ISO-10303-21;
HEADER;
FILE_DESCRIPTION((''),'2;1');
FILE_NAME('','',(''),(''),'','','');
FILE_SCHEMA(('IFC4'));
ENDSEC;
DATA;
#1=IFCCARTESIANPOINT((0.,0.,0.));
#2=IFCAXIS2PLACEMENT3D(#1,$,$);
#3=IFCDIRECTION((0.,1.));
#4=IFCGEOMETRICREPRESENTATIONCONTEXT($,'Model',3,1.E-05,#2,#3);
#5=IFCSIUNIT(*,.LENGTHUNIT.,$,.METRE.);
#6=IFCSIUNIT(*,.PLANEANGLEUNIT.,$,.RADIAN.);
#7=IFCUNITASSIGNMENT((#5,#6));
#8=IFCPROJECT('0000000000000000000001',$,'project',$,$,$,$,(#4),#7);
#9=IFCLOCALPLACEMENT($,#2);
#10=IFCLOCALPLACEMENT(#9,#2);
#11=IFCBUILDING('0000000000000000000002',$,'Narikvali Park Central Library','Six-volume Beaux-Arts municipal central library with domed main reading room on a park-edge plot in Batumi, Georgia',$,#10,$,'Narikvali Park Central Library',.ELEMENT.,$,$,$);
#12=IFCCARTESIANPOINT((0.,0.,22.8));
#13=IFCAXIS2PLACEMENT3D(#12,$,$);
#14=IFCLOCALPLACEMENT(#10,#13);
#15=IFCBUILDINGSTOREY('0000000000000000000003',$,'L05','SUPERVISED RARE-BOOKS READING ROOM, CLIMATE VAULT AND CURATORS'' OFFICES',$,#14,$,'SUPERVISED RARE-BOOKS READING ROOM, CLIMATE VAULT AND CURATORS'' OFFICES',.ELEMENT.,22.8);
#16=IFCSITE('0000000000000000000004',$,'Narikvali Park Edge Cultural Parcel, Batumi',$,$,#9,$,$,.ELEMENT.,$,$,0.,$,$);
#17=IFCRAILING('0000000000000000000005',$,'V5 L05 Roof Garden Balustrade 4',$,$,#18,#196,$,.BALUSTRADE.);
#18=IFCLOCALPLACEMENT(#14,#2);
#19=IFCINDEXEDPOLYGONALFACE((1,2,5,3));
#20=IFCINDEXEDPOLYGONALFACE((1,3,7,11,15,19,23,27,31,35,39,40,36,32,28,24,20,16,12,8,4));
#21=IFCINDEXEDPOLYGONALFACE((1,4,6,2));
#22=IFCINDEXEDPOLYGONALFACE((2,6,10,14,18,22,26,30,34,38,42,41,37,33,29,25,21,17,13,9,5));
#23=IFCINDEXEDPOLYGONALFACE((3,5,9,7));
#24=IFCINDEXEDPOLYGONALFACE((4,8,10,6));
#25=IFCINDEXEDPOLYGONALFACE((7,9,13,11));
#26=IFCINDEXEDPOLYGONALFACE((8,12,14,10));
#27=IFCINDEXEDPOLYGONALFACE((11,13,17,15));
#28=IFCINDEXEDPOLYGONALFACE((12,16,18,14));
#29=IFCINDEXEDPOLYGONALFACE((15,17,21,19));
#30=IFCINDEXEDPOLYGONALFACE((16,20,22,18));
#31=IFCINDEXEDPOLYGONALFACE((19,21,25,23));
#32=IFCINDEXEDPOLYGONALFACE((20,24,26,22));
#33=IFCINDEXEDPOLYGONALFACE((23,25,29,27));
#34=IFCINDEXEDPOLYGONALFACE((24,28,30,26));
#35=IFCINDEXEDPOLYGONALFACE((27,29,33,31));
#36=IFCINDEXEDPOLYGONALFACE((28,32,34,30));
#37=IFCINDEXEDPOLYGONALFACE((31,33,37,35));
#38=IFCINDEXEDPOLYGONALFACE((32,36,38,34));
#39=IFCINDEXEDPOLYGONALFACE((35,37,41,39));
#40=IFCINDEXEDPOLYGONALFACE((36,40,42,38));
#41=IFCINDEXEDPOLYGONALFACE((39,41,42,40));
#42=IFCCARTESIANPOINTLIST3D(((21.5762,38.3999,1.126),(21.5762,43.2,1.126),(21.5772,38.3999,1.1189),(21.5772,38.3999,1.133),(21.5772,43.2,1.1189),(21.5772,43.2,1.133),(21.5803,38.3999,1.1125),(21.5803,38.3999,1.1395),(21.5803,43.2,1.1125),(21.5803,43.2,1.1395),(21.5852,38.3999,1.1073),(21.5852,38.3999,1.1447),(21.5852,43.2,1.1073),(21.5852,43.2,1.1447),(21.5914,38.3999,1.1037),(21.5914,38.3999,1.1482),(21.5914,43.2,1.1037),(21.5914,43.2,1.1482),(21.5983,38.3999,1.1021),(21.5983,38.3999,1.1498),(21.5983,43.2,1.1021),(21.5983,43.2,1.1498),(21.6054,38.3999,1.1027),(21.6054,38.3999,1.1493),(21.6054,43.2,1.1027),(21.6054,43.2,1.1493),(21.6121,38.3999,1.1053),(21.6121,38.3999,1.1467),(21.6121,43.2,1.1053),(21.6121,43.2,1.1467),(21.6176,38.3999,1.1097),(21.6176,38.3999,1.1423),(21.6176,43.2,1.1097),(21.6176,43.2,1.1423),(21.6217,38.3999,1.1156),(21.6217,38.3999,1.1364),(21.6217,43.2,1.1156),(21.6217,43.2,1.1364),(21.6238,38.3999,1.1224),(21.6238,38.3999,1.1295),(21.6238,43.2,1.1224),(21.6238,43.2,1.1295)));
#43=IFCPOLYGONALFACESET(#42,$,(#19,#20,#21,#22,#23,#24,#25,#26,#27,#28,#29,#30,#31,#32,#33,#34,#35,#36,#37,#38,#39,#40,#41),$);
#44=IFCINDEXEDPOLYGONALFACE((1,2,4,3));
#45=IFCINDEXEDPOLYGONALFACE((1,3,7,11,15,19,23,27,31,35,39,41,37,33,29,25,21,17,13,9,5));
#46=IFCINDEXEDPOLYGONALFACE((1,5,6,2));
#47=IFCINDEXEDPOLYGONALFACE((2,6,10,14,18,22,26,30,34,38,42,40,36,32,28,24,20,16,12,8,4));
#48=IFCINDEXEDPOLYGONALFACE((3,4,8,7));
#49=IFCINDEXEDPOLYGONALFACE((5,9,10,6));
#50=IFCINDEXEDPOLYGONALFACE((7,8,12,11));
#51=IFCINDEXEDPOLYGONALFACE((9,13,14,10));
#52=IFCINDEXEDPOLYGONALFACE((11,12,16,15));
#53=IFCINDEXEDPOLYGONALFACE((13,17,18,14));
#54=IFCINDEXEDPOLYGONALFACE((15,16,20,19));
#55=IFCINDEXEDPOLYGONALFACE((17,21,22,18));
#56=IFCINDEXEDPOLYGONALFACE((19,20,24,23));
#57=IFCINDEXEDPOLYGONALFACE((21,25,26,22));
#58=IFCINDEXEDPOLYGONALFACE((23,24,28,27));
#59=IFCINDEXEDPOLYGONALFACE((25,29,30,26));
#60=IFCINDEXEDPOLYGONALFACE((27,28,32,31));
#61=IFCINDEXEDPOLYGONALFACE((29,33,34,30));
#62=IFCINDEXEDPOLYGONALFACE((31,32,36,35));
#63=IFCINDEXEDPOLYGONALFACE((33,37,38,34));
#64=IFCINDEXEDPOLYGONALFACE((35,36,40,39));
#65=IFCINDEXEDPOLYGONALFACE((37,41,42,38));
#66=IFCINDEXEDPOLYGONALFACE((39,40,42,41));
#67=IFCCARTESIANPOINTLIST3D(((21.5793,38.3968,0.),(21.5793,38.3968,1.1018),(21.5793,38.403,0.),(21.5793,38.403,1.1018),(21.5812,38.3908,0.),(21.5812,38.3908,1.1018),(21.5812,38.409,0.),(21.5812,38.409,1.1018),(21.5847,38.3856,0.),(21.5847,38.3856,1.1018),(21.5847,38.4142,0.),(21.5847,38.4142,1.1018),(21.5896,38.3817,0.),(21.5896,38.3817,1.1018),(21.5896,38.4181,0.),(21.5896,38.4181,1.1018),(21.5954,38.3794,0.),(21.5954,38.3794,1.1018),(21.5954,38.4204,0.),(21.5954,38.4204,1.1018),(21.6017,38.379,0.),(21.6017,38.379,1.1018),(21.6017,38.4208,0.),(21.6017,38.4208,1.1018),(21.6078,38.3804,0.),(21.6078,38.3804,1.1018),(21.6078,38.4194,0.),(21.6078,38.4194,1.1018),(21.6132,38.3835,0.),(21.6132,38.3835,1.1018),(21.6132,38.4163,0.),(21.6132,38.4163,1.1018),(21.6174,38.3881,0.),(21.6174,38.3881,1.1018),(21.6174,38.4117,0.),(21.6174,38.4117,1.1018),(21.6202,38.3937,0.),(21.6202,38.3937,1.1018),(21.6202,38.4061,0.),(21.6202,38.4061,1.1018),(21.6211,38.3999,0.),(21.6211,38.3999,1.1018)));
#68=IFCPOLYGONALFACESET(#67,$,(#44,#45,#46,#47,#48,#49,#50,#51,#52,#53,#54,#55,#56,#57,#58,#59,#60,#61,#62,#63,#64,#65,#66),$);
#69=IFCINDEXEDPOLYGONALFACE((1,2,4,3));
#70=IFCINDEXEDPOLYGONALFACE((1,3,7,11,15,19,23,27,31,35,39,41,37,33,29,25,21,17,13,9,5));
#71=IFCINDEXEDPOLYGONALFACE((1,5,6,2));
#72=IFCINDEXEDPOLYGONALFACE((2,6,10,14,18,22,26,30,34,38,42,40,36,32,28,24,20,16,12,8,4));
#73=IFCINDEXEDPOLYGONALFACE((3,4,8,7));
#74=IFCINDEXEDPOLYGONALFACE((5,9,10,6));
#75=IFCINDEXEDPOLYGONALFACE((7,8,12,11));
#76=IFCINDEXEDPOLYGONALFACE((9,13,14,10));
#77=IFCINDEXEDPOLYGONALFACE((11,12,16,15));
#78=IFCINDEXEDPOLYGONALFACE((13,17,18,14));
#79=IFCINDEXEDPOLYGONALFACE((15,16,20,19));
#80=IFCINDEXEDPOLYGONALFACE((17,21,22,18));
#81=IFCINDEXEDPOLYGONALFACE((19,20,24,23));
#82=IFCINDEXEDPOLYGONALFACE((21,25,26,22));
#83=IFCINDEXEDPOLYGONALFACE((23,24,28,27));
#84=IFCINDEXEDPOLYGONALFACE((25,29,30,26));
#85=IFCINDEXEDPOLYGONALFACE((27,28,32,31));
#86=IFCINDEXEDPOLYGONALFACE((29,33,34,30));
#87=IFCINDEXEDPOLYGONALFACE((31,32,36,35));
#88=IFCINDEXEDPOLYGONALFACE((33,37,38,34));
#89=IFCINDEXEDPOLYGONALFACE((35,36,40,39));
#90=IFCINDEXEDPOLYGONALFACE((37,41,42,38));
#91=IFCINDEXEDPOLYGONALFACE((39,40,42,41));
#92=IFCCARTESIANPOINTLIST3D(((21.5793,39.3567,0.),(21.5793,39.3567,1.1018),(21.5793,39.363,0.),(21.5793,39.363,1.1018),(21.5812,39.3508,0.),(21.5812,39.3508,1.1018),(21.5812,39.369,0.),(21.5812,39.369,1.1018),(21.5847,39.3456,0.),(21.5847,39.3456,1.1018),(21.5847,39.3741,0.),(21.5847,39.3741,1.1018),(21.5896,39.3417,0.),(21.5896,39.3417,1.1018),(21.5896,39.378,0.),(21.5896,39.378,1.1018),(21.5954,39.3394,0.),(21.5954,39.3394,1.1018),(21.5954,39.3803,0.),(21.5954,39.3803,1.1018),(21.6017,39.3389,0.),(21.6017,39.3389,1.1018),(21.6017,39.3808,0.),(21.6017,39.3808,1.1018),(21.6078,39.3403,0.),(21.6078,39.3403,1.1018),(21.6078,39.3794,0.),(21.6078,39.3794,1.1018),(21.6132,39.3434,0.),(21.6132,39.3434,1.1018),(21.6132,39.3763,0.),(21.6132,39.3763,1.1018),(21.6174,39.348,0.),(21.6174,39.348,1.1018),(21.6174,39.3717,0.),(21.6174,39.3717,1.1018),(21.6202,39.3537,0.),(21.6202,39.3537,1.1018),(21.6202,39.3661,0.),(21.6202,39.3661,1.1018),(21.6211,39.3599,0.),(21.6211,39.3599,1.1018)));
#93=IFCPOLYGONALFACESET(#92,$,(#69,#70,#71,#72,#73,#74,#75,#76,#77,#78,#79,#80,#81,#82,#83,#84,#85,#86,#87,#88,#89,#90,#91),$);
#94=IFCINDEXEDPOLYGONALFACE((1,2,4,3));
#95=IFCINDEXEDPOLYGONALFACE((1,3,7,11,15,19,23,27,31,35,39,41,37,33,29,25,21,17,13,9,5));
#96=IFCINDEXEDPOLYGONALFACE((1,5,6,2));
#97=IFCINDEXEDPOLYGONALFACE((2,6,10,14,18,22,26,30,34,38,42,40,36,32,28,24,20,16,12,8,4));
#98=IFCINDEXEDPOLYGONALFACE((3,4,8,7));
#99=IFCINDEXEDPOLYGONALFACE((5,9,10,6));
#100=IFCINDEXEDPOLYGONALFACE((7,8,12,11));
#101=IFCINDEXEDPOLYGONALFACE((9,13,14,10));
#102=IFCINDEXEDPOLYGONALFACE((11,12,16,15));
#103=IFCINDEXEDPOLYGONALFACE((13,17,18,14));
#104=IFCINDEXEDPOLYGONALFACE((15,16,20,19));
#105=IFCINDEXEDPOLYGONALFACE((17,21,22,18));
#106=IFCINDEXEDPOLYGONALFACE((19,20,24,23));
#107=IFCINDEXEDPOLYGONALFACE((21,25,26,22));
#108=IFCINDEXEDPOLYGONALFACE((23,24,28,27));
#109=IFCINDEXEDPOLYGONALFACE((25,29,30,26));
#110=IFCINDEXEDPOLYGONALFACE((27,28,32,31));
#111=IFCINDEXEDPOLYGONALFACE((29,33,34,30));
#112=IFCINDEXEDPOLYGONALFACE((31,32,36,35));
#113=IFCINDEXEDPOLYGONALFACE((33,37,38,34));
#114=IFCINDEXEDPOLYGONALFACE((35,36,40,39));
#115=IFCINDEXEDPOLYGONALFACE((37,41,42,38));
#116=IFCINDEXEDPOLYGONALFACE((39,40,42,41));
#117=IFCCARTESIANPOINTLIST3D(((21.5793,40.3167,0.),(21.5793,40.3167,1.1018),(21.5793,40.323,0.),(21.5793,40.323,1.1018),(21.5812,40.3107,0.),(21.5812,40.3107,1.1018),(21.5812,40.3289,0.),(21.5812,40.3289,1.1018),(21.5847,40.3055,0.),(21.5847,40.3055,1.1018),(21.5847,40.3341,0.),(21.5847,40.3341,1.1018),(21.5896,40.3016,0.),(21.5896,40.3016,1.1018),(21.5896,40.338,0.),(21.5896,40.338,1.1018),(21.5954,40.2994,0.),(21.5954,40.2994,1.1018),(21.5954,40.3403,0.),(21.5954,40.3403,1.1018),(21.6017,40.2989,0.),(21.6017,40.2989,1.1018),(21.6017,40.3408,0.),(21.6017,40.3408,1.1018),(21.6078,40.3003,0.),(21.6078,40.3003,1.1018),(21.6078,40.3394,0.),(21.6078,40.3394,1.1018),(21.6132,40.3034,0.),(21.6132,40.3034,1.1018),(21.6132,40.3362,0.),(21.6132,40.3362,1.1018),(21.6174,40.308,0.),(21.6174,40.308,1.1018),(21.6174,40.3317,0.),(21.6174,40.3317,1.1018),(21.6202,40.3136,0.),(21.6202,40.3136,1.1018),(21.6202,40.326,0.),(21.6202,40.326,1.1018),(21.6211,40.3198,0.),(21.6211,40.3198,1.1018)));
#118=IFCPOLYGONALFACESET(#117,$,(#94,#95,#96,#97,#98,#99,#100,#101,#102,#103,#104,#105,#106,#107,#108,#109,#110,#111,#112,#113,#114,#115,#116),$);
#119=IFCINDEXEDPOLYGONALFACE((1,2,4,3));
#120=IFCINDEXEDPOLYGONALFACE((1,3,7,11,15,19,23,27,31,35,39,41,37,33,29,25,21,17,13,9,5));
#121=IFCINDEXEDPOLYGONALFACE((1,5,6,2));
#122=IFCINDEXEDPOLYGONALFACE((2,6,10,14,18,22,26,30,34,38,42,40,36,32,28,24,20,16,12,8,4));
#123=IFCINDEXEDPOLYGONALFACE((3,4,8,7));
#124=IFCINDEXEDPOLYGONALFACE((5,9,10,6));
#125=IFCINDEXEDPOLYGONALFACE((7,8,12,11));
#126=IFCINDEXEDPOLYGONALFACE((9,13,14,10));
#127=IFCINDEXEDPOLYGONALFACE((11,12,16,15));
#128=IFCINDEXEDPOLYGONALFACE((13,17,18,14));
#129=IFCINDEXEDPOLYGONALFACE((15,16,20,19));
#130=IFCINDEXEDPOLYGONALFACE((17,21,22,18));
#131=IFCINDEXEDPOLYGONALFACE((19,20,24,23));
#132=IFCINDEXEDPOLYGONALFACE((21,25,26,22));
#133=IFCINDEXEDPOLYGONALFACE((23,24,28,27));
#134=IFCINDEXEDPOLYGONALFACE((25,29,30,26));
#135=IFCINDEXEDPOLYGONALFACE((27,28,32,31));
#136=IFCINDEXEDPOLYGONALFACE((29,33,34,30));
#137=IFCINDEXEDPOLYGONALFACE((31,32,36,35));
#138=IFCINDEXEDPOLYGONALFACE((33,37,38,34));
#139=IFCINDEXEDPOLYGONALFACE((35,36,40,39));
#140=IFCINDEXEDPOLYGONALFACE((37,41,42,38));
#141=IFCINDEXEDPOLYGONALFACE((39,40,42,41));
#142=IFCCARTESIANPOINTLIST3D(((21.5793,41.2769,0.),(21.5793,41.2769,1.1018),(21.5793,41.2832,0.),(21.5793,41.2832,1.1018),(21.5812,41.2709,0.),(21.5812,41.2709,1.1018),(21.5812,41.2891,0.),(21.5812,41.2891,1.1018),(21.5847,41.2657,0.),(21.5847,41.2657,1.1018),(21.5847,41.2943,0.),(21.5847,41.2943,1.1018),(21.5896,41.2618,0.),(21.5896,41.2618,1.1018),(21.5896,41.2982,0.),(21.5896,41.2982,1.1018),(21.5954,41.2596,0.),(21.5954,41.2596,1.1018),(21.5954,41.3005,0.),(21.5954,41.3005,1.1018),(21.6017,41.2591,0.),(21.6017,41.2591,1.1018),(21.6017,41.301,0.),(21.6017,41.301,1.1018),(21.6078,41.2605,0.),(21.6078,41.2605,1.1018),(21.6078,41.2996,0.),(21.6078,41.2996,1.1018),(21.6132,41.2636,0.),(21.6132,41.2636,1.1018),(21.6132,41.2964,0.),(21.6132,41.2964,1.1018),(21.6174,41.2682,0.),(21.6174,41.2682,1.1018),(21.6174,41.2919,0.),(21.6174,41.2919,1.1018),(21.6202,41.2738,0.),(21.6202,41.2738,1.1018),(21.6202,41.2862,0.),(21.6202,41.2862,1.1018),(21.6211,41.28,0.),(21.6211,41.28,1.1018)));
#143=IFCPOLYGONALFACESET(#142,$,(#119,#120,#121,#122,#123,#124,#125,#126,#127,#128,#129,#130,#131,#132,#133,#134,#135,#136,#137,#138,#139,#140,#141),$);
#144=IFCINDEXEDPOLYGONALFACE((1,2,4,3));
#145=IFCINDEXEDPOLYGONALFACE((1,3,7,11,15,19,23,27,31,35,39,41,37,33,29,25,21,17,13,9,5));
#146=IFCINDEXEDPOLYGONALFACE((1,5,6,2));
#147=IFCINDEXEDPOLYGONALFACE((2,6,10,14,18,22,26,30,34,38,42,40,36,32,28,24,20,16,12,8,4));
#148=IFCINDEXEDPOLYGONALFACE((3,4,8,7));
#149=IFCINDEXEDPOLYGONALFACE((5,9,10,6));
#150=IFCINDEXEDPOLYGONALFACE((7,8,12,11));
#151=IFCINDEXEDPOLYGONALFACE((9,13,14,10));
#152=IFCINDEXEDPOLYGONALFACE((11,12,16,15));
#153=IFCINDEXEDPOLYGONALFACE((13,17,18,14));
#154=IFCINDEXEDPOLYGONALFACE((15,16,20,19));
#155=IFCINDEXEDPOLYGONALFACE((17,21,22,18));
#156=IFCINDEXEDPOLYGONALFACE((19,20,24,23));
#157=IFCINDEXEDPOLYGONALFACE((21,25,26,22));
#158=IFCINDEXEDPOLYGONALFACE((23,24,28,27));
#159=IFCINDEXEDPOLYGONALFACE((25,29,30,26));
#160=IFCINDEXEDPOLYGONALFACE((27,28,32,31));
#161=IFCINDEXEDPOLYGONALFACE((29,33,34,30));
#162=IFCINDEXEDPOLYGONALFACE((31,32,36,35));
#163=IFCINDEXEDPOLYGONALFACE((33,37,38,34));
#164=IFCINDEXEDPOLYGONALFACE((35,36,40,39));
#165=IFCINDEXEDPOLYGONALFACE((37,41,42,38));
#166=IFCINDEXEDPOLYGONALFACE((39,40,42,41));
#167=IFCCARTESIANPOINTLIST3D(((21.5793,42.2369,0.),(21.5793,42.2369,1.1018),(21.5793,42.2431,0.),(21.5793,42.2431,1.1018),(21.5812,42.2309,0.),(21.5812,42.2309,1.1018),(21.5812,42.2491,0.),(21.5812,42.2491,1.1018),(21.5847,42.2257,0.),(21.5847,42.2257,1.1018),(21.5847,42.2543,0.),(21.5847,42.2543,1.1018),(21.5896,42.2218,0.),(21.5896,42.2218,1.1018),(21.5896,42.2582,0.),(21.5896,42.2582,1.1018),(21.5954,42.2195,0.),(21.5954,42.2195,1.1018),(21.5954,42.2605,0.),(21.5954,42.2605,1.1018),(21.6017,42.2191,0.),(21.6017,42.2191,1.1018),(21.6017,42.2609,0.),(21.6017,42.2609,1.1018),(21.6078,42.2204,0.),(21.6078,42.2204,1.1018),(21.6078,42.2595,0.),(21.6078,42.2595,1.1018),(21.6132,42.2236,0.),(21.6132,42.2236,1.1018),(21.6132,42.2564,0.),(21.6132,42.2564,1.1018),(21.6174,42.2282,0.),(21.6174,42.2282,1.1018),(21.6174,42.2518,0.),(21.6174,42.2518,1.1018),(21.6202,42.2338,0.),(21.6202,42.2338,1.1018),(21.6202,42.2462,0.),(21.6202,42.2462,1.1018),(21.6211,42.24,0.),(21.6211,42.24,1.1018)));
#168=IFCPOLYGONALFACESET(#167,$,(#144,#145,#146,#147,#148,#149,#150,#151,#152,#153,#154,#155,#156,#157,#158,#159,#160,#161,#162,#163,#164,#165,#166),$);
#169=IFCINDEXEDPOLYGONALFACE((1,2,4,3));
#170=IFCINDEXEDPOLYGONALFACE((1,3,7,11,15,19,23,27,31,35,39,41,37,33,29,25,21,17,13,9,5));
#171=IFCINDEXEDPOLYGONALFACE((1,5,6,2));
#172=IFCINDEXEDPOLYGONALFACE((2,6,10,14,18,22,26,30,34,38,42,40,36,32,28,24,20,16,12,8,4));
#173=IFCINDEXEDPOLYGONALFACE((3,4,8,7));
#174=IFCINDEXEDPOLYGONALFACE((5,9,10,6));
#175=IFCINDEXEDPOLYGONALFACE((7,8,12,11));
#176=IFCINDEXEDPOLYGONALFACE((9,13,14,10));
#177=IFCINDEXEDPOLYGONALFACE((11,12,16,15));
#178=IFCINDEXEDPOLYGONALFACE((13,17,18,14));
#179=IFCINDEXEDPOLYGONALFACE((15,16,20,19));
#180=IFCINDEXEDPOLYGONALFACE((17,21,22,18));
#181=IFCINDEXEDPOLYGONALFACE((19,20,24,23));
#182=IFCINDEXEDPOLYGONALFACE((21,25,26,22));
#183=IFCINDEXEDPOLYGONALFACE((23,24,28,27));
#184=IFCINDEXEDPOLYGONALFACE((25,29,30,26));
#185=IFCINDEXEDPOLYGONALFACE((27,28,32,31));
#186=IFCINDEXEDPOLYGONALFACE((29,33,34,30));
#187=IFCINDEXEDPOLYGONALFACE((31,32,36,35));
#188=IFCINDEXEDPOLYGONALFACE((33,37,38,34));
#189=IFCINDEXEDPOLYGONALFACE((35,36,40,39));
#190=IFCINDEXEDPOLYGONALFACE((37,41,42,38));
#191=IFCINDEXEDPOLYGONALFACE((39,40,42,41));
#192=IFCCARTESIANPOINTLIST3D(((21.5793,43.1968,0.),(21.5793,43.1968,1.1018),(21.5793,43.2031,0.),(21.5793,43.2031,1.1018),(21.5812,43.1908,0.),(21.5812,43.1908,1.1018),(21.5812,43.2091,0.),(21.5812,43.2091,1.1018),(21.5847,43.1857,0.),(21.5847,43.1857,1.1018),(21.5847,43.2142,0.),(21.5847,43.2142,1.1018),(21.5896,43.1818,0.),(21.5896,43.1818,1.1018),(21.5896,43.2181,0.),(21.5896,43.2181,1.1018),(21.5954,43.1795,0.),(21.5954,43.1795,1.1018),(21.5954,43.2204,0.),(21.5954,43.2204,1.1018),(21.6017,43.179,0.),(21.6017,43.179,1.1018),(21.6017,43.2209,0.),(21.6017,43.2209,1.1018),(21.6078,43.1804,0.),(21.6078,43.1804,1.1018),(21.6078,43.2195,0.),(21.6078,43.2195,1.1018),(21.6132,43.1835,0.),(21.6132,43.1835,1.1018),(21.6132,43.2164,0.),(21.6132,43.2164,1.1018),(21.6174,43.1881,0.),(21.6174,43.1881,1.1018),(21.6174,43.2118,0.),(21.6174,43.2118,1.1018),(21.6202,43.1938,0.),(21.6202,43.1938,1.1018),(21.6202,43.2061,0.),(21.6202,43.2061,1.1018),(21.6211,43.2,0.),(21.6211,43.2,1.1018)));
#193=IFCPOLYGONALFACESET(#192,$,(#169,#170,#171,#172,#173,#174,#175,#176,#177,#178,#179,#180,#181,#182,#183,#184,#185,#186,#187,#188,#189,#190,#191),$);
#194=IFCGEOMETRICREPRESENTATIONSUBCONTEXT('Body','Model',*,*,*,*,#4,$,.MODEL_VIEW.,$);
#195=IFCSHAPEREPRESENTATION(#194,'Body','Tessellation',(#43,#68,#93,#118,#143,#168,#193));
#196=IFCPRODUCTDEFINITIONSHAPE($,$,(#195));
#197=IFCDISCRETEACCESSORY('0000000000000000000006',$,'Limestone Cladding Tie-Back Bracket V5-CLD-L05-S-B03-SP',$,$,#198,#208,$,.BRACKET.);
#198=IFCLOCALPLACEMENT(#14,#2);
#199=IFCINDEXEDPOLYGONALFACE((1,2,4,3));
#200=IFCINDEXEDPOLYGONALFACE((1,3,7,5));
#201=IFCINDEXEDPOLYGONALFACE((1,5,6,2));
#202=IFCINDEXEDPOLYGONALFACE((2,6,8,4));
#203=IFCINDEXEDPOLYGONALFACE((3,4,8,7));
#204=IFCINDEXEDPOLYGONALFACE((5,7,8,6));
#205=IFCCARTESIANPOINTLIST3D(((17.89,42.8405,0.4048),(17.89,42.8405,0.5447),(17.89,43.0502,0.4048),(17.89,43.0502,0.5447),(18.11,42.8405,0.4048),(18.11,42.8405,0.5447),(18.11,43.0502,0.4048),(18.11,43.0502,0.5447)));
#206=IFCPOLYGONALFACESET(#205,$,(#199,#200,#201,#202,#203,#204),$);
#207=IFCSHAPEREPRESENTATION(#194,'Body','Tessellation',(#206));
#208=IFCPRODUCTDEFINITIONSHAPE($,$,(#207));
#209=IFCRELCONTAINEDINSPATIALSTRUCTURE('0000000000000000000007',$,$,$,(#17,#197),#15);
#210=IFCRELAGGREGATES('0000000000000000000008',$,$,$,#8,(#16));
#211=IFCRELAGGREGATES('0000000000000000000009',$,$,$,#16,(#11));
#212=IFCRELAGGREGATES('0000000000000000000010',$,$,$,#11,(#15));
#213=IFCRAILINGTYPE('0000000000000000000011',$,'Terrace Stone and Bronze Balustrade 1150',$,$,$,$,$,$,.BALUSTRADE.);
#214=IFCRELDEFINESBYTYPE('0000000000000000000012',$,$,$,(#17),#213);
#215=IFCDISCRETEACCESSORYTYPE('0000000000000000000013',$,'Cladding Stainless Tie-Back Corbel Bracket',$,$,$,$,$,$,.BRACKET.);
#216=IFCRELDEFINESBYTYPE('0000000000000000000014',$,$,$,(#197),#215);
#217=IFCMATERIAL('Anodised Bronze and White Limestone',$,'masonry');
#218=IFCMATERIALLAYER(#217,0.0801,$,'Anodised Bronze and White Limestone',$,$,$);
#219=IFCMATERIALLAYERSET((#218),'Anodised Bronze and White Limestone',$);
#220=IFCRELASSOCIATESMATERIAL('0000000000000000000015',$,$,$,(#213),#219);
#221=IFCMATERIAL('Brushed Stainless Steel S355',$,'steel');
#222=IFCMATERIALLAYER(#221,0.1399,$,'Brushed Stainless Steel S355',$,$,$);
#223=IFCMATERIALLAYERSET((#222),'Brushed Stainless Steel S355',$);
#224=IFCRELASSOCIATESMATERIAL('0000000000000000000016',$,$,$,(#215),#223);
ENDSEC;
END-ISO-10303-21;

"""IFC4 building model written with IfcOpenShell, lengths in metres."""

from ifc_helpers import new_model, si_unit, direction, frame, origin, origin_2d, place, context, subcontext, project, spatial, rectangle, circle, extrude, material, layer, layer_set, type_object, element, save


model = new_model("IFC4")

# Units and contexts
model_context = context("Model", 3, precision=1e-05, world=origin(), true_north=direction((0.0, 1.0)))
body_context = subcontext(model_context, "Body", "Model", "MODEL_VIEW")
ifc_project = project(units=[si_unit("LENGTHUNIT", "METRE"), si_unit("PLANEANGLEUNIT", "RADIAN")], contexts=[model_context])

# Site, building, storey
site_placement = place(None, origin())
site = spatial("IfcSite", under=ifc_project, at=site_placement, Name="Narikvali Park Edge Cultural Parcel, Batumi", CompositionType="ELEMENT", RefElevation=0.0)
building_placement = place(site_placement, origin())
building = spatial("IfcBuilding", under=site, at=building_placement, Name="Narikvali Park Central Library", Description="Six-volume Beaux-Arts municipal central library with domed main reading room on a park-edge plot in Batumi, Georgia", LongName="Narikvali Park Central Library", CompositionType="ELEMENT")
storey_placement = place(building_placement, frame((0.0, 0.0, 22.8)))
storey = spatial("IfcBuildingStorey", under=building, at=storey_placement, Name="L05", Description="SUPERVISED RARE-BOOKS READING ROOM, CLIMATE VAULT AND CURATORS' OFFICES", LongName="SUPERVISED RARE-BOOKS READING ROOM, CLIMATE VAULT AND CURATORS' OFFICES", CompositionType="ELEMENT", Elevation=22.8)

# Railing
ifc_material_1 = material(Name="Anodised Bronze and White Limestone", Category="masonry")
ifc_layer_1 = layer(ifc_material_1, 0.0801, Name="Anodised Bronze and White Limestone")
ifc_layer_set_1 = layer_set([ifc_layer_1], Name="Anodised Bronze and White Limestone")
railing_type = type_object("IfcRailingType", Name="Terrace Stone and Bronze Balustrade 1150", PredefinedType="BALUSTRADE", material=ifc_layer_set_1)
railing_1_placement = place(storey_placement, frame((21.6001, 38.3999, 0.0)))
element("IfcRailing", 1, at=railing_1_placement, inside=storey, type_object=railing_type, Name="V5 L05 Roof Garden Balustrade 4", PredefinedType="BALUSTRADE", context=body_context, shape_type="SweptSolid", body=[
    extrude(circle(Radius=0.0239, at=origin_2d()), frame((0.0, 0.0, 1.126), z_axis=(0.0, 1.0, 0.0), x_axis=(-1.0, 0.0, 0.0)), (0.0, 0.0, 1.0), 4.8),
    extrude(circle(Radius=0.021, at=origin_2d()), origin(), (0.0, 0.0, 1.0), 1.1018),
    extrude(circle(Radius=0.021, at=origin_2d()), frame((0.0, 0.96, 0.0)), (0.0, 0.0, 1.0), 1.1018),
    extrude(circle(Radius=0.021, at=origin_2d()), frame((0.0, 1.9199, 0.0)), (0.0, 0.0, 1.0), 1.1018),
    extrude(circle(Radius=0.021, at=origin_2d()), frame((0.0, 2.8801, 0.0)), (0.0, 0.0, 1.0), 1.1018),
    extrude(circle(Radius=0.021, at=origin_2d()), frame((0.0, 3.8401, 0.0)), (0.0, 0.0, 1.0), 1.1018),
    extrude(circle(Radius=0.021, at=origin_2d()), frame((0.0, 4.8, 0.0)), (0.0, 0.0, 1.0), 1.1018),
])

# Discrete accessory
ifc_material_2 = material(Name="Brushed Stainless Steel S355", Category="steel")
ifc_layer_2 = layer(ifc_material_2, 0.1399, Name="Brushed Stainless Steel S355")
ifc_layer_set_2 = layer_set([ifc_layer_2], Name="Brushed Stainless Steel S355")
discrete_accessory_type = type_object("IfcDiscreteAccessoryType", Name="Cladding Stainless Tie-Back Corbel Bracket", PredefinedType="BRACKET", material=ifc_layer_set_2)
discrete_accessory_1_placement = place(storey_placement, frame((18.0, 42.9453, 0.4048), z_axis=(0.0, 0.0, 1.0), x_axis=(1.0, 0.0, 0.0)))
element("IfcDiscreteAccessory", 2, at=discrete_accessory_1_placement, inside=storey, type_object=discrete_accessory_type, Name="Limestone Cladding Tie-Back Bracket V5-CLD-L05-S-B03-SP", PredefinedType="BRACKET", context=body_context, shape_type="SweptSolid", body=[
    extrude(rectangle(XDim=0.22, YDim=0.2097, at=origin_2d()), origin(), (0.0, 0.0, 1.0), 0.1399),
])

save(model, "model.ifc")
